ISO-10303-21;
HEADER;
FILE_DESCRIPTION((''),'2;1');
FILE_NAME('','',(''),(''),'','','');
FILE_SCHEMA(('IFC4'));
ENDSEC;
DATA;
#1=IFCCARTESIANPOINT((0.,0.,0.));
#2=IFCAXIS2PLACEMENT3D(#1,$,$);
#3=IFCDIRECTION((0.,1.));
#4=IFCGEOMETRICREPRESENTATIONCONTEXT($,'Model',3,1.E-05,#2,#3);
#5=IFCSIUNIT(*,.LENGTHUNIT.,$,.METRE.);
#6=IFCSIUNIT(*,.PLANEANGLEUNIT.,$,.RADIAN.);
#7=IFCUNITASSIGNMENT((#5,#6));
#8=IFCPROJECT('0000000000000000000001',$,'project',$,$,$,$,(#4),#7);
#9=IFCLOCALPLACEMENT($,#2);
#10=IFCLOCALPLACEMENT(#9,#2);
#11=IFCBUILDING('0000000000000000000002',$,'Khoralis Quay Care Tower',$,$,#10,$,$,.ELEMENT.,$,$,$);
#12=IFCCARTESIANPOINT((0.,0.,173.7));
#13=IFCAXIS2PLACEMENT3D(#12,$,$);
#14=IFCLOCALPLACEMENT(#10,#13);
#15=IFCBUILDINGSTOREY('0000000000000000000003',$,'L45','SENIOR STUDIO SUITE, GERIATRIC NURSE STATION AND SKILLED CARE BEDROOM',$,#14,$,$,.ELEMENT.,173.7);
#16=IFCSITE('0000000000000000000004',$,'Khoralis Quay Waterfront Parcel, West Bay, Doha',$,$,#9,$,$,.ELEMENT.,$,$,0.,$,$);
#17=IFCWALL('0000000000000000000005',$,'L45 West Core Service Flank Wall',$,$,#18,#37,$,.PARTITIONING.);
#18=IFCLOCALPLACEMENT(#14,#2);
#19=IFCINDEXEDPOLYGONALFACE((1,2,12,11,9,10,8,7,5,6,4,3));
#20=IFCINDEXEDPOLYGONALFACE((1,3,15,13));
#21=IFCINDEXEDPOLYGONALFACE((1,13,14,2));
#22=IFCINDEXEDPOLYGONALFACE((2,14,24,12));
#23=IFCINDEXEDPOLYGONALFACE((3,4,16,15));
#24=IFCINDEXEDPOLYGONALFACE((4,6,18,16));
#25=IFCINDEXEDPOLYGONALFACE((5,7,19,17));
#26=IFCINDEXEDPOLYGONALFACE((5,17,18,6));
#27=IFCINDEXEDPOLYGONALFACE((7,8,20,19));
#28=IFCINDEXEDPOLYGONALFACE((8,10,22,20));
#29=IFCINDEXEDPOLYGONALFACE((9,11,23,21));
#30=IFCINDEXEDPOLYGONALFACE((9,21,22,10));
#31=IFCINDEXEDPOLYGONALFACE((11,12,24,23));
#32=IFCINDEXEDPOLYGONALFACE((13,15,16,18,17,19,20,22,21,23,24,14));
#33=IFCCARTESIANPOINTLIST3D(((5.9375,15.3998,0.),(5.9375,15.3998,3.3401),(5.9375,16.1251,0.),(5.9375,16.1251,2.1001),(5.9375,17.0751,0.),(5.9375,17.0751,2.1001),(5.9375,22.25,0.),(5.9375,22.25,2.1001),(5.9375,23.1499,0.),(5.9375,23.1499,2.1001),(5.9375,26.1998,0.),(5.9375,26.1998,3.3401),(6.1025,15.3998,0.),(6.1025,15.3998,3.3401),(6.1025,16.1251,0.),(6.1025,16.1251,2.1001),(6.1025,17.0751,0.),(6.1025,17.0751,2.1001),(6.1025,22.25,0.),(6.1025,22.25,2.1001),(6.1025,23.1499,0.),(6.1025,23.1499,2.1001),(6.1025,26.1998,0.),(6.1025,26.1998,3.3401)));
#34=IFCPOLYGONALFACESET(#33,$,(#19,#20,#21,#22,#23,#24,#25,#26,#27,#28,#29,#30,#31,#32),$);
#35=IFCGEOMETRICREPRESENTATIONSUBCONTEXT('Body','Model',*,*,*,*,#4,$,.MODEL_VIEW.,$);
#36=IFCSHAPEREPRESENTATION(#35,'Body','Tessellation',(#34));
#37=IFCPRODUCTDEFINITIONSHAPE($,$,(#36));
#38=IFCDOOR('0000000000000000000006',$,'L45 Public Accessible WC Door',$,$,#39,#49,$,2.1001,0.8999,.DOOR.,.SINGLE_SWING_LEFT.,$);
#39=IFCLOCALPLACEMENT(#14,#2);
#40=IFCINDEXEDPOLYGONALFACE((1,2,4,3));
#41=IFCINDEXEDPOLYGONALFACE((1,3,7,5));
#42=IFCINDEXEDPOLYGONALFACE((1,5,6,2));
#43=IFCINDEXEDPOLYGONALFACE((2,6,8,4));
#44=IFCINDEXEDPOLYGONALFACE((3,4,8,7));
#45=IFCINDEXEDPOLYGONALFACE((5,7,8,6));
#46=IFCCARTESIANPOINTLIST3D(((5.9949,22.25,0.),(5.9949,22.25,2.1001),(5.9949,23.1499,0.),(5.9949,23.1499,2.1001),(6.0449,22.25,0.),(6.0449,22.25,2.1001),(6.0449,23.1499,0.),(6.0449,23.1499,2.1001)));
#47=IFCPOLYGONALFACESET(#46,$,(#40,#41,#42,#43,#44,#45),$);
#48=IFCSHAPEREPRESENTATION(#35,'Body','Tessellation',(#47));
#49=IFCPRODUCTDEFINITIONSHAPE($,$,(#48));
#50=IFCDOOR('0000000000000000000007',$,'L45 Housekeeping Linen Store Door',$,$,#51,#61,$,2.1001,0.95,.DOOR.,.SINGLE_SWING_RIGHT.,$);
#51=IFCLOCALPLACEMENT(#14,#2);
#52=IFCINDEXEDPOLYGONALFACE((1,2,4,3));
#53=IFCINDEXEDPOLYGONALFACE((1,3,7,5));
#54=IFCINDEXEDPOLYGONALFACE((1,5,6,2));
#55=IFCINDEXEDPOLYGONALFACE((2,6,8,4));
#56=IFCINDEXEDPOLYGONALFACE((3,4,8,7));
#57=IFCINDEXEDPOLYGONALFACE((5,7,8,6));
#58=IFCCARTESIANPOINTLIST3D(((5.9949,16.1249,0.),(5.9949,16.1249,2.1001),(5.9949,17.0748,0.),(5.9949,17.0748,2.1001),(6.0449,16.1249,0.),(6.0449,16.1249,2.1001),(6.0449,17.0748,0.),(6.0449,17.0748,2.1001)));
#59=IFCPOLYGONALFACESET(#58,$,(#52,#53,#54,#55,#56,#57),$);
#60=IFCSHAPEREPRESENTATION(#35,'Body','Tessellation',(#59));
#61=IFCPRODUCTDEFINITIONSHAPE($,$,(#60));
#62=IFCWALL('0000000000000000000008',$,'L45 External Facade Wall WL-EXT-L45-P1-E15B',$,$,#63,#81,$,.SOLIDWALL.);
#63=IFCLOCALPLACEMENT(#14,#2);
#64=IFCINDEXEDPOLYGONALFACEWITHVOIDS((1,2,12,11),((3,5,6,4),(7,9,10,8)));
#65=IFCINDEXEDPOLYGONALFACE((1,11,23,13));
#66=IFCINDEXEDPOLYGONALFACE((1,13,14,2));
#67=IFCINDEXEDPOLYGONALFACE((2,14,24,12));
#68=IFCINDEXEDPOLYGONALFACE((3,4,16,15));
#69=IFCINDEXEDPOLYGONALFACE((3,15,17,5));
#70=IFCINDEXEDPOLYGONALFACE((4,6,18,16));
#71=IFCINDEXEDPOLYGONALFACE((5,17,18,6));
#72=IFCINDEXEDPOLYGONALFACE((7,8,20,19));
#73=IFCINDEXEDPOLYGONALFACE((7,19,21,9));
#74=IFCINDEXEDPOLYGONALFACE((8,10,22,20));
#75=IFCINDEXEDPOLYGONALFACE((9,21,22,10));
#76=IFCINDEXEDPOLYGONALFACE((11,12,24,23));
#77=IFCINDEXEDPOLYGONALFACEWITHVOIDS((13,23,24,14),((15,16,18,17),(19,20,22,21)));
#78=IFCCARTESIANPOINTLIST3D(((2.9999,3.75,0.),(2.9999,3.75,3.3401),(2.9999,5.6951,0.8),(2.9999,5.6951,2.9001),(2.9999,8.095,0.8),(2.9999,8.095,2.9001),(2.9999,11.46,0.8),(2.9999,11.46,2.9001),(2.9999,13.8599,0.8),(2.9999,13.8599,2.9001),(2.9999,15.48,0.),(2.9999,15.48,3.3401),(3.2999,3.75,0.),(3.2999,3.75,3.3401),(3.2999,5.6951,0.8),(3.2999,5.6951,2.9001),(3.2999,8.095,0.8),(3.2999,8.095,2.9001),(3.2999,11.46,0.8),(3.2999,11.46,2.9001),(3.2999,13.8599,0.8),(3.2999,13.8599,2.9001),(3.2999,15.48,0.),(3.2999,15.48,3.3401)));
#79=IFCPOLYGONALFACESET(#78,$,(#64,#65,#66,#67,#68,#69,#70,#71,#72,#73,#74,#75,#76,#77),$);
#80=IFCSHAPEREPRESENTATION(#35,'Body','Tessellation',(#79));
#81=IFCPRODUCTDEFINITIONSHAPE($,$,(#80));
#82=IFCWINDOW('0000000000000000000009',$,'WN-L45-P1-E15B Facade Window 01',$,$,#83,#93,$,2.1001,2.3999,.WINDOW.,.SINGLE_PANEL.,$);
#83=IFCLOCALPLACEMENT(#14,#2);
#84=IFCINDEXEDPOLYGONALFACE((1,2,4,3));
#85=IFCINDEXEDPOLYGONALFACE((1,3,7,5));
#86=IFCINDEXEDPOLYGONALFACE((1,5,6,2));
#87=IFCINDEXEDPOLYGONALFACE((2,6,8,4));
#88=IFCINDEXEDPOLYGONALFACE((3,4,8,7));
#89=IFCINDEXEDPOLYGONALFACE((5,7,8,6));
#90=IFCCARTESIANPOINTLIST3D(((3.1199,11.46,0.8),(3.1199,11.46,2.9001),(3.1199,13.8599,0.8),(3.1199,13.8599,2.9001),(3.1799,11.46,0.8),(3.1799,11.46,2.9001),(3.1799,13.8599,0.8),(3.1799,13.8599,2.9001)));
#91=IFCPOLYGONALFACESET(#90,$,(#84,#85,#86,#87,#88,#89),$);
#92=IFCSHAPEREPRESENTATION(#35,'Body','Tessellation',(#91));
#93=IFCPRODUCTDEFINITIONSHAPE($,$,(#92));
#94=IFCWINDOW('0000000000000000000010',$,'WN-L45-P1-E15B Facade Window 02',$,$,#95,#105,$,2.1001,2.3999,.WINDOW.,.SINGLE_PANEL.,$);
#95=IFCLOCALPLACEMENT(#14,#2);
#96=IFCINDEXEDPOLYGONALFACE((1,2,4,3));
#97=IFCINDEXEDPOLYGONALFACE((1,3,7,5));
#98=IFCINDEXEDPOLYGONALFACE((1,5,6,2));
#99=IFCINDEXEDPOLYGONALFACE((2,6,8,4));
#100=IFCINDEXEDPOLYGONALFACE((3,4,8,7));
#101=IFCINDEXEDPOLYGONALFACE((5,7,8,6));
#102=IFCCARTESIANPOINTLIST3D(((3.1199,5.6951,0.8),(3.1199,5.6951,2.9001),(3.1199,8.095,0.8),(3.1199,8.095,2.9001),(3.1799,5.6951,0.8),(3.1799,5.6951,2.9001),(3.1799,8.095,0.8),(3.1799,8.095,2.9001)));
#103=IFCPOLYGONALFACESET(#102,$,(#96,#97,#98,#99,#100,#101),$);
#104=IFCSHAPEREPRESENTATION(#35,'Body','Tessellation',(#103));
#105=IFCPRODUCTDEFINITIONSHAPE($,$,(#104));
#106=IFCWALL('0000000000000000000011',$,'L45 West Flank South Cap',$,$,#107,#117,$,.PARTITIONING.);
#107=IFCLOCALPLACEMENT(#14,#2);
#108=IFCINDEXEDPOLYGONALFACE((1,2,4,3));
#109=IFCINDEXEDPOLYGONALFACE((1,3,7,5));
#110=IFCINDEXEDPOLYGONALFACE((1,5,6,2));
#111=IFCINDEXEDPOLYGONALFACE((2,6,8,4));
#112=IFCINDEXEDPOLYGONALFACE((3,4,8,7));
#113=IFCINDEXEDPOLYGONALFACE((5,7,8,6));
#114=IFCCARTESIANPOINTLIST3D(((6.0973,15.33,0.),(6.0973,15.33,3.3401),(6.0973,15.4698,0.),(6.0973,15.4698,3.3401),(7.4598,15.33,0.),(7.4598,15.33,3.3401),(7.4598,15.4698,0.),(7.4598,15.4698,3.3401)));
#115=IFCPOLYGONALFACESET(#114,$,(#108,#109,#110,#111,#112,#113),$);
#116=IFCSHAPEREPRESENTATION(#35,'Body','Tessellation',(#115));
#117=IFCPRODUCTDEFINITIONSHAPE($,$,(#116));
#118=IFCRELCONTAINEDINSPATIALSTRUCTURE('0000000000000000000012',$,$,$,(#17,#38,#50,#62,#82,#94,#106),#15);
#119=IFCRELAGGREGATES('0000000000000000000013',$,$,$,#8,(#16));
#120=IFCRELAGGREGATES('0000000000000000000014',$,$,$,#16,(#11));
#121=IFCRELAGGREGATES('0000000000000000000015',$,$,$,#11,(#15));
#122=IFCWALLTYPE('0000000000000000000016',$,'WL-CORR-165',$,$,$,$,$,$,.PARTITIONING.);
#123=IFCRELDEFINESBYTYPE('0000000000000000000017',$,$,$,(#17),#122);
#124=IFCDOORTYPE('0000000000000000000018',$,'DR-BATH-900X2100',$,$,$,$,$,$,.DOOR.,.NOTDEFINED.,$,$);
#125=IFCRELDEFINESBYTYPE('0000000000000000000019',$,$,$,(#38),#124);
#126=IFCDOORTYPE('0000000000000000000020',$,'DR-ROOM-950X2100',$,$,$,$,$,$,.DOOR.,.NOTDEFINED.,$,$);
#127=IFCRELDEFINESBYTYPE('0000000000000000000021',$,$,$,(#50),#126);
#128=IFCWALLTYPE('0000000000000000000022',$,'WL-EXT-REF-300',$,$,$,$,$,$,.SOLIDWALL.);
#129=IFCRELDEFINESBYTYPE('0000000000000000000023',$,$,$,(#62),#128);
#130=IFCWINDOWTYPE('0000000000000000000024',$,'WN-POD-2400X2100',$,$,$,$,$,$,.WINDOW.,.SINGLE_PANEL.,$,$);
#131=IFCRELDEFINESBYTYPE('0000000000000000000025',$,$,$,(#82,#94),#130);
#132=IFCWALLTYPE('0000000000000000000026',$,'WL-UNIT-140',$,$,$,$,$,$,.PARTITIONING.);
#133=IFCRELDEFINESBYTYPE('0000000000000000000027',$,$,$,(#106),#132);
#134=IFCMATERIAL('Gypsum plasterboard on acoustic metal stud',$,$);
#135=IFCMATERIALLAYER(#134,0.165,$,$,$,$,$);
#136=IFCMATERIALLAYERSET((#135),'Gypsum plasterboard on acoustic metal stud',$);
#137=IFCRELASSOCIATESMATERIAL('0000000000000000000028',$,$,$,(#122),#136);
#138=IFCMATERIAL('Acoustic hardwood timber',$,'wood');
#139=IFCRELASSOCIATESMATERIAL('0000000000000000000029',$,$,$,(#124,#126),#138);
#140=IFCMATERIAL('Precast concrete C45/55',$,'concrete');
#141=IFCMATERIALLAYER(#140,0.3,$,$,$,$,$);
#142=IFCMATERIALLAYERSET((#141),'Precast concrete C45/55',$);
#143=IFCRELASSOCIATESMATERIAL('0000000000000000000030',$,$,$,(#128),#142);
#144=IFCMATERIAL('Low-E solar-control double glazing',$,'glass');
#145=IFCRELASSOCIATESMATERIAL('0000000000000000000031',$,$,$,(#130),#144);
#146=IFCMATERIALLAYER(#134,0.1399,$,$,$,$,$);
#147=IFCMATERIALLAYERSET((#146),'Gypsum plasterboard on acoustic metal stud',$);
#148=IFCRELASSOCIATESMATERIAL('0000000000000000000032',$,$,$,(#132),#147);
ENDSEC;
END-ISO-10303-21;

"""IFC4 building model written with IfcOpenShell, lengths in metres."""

from ifc_helpers import new_model, si_unit, direction, frame, frame_2d, origin, place, context, subcontext, project, spatial, rectangle, extrude, source, transform, mapped, material, layer, layer_set, type_object, element, fill, save


model = new_model("IFC4")

# Units and contexts
model_context = context("Model", 3, precision=1e-05, world=origin(), true_north=direction((0.0, 1.0)))
body_context = subcontext(model_context, "Body", "Model", "MODEL_VIEW")
ifc_project = project(units=[si_unit("LENGTHUNIT", "METRE"), si_unit("PLANEANGLEUNIT", "RADIAN")], contexts=[model_context])

# Site, building, storey
site_placement = place(None, origin())
site = spatial("IfcSite", under=ifc_project, at=site_placement, Name="Khoralis Quay Waterfront Parcel, West Bay, Doha", CompositionType="ELEMENT", RefElevation=0.0)
building_placement = place(site_placement, origin())
building = spatial("IfcBuilding", under=site, at=building_placement, Name="Khoralis Quay Care Tower", CompositionType="ELEMENT")
storey_placement = place(building_placement, frame((0.0, 0.0, 173.7)))
storey = spatial("IfcBuildingStorey", under=building, at=storey_placement, Name="L45", Description="SENIOR STUDIO SUITE, GERIATRIC NURSE STATION AND SKILLED CARE BEDROOM", CompositionType="ELEMENT", Elevation=173.7)

# Shared definitions
ifc_material_1 = material(Name="Low-E solar-control double glazing", Category="glass")

# Wall, openings, doors
ifc_material_2 = material(Name="Gypsum plasterboard on acoustic metal stud")
ifc_layer_1 = layer(ifc_material_2, 0.165)
ifc_layer_set_1 = layer_set([ifc_layer_1], Name="Gypsum plasterboard on acoustic metal stud")
wall_type_1 = type_object("IfcWallType", Name="WL-CORR-165", PredefinedType="PARTITIONING", material=ifc_layer_set_1)
wall_1_placement = place(storey_placement, frame((6.02, 15.3999, 0.0), z_axis=(0.0, 0.0, 1.0), x_axis=(0.0, 1.0, 0.0)))
wall_1 = element("IfcWall", 1, at=wall_1_placement, inside=storey, type_object=wall_type_1, Name="L45 West Core Service Flank Wall", PredefinedType="PARTITIONING", context=body_context, shape_type="SweptSolid", body=[
    extrude(rectangle(XDim=10.8, YDim=0.165, at=frame_2d((5.3999, 0.0))), origin(), (0.0, 0.0, 1.0), 3.3401),
])
opening_1_placement = place(wall_1_placement, frame((0.7251, 0.0, 0.0)))
opening_1 = element("IfcOpeningElement", 2, at=opening_1_placement, cuts=wall_1, PredefinedType="OPENING", context=body_context, shape_type="SweptSolid", body=[
    extrude(rectangle(XDim=0.95, YDim=2.1001, at=frame_2d((0.4751, 1.05))), frame((0.0, 0.0925, 0.0), z_axis=(0.0, -1.0, 0.0), x_axis=(1.0, 0.0, 0.0)), (0.0, 0.0, 1.0), 0.1851),
])
opening_2_placement = place(wall_1_placement, frame((6.8501, 0.0, 0.0)))
opening_2 = element("IfcOpeningElement", 3, at=opening_2_placement, cuts=wall_1, PredefinedType="OPENING", context=body_context, shape_type="SweptSolid", body=[
    extrude(rectangle(XDim=0.8999, YDim=2.1001, at=frame_2d((0.45, 1.05))), frame((0.0, 0.0925, 0.0), z_axis=(0.0, -1.0, 0.0), x_axis=(1.0, 0.0, 0.0)), (0.0, 0.0, 1.0), 0.1851),
])
ifc_material_3 = material(Name="Acoustic hardwood timber", Category="wood")
door_type_1 = type_object("IfcDoorType", Name="DR-BATH-900X2100", OperationType="NOTDEFINED", PredefinedType="DOOR", material=ifc_material_3)
shared_shape_1 = source(origin(), body_context, "Body", "SweptSolid", [
    extrude(rectangle(XDim=0.8999, YDim=2.1001, at=frame_2d((0.45, 1.05))), frame((0.0, 0.0249, 0.0), z_axis=(0.0, -1.0, 0.0), x_axis=(1.0, 0.0, 0.0)), (0.0, 0.0, 1.0), 0.05),
])
door_1_placement = place(opening_2_placement, frame((0.8999, 0.0, 0.0), z_axis=(0.0, 0.0, 1.0), x_axis=(-1.0, 0.0, 0.0)))
door_1 = element("IfcDoor", 4, at=door_1_placement, inside=storey, type_object=door_type_1, Name="L45 Public Accessible WC Door", OperationType="SINGLE_SWING_LEFT", OverallHeight=2.1001, OverallWidth=0.8999, PredefinedType="DOOR", context=body_context, shape_type="MappedRepresentation", body=[
    mapped(shared_shape_1, transform((0.0, 0.0, 0.0), scale=1.0)),
])
fill(opening_2, door_1)
door_type_2 = type_object("IfcDoorType", Name="DR-ROOM-950X2100", OperationType="NOTDEFINED", PredefinedType="DOOR", material=ifc_material_3)
shared_shape_2 = source(origin(), body_context, "Body", "SweptSolid", [
    extrude(rectangle(XDim=0.95, YDim=2.1001, at=frame_2d((0.4751, 1.05))), frame((0.0, 0.0249, 0.0), z_axis=(0.0, -1.0, 0.0), x_axis=(1.0, 0.0, 0.0)), (0.0, 0.0, 1.0), 0.05),
])
door_2_placement = place(opening_1_placement, frame((0.95, 0.0, 0.0), z_axis=(0.0, 0.0, 1.0), x_axis=(-1.0, 0.0, 0.0)))
door_2 = element("IfcDoor", 5, at=door_2_placement, inside=storey, type_object=door_type_2, Name="L45 Housekeeping Linen Store Door", OperationType="SINGLE_SWING_RIGHT", OverallHeight=2.1001, OverallWidth=0.95, PredefinedType="DOOR", context=body_context, shape_type="MappedRepresentation", body=[
    mapped(shared_shape_2, transform((0.0, 0.0, 0.0), scale=1.0)),
])
fill(opening_1, door_2)

# Wall, openings, windows
ifc_material_4 = material(Name="Precast concrete C45/55", Category="concrete")
ifc_layer_2 = layer(ifc_material_4, 0.3)
ifc_layer_set_2 = layer_set([ifc_layer_2], Name="Precast concrete C45/55")
wall_type_2 = type_object("IfcWallType", Name="WL-EXT-REF-300", PredefinedType="SOLIDWALL", material=ifc_layer_set_2)
wall_2_placement = place(storey_placement, frame((3.1499, 15.48, 0.0), z_axis=(0.0, 0.0, 1.0), x_axis=(0.0, -1.0, 0.0)))
wall_2 = element("IfcWall", 6, at=wall_2_placement, inside=storey, type_object=wall_type_2, Name="L45 External Facade Wall WL-EXT-L45-P1-E15B", PredefinedType="SOLIDWALL", context=body_context, shape_type="SweptSolid", body=[
    extrude(rectangle(XDim=11.73, YDim=0.3, at=frame_2d((5.865, 0.0))), origin(), (0.0, 0.0, 1.0), 3.3401),
])
opening_3_placement = place(wall_2_placement, frame((1.6201, 0.0, 0.8)))
opening_3 = element("IfcOpeningElement", 7, at=opening_3_placement, cuts=wall_2, PredefinedType="OPENING", context=body_context, shape_type="SweptSolid", body=[
    extrude(rectangle(XDim=2.3999, YDim=2.1001, at=frame_2d((1.2, 1.05))), frame((0.0, 0.1602, 0.0), z_axis=(0.0, -1.0, 0.0), x_axis=(1.0, 0.0, 0.0)), (0.0, 0.0, 1.0), 0.3201),
])
opening_4_placement = place(wall_2_placement, frame((7.385, 0.0, 0.8)))
opening_4 = element("IfcOpeningElement", 8, at=opening_4_placement, cuts=wall_2, PredefinedType="OPENING", context=body_context, shape_type="SweptSolid", body=[
    extrude(rectangle(XDim=2.3999, YDim=2.1001, at=frame_2d((1.2, 1.05))), frame((0.0, 0.1602, 0.0), z_axis=(0.0, -1.0, 0.0), x_axis=(1.0, 0.0, 0.0)), (0.0, 0.0, 1.0), 0.3201),
])
window_type = type_object("IfcWindowType", Name="WN-POD-2400X2100", PartitioningType="SINGLE_PANEL", PredefinedType="WINDOW", material=ifc_material_1)
shared_shape_3 = source(origin(), body_context, "Body", "SweptSolid", [
    extrude(rectangle(XDim=2.3999, YDim=2.1001, at=frame_2d((1.2, 1.05))), frame((0.0, 0.03, 0.0), z_axis=(0.0, -1.0, 0.0), x_axis=(1.0, 0.0, 0.0)), (0.0, 0.0, 1.0), 0.0601),
])
window_1_placement = place(opening_3_placement, origin())
window_1 = element("IfcWindow", 9, at=window_1_placement, inside=storey, type_object=window_type, Name="WN-L45-P1-E15B Facade Window 01", OverallHeight=2.1001, OverallWidth=2.3999, PartitioningType="SINGLE_PANEL", PredefinedType="WINDOW", context=body_context, shape_type="MappedRepresentation", body=[
    mapped(shared_shape_3, transform((0.0, 0.0, 0.0), scale=1.0)),
])
fill(opening_3, window_1)
window_2_placement = place(opening_4_placement, origin())
window_2 = element("IfcWindow", 10, at=window_2_placement, inside=storey, type_object=window_type, Name="WN-L45-P1-E15B Facade Window 02", OverallHeight=2.1001, OverallWidth=2.3999, PartitioningType="SINGLE_PANEL", PredefinedType="WINDOW", context=body_context, shape_type="MappedRepresentation", body=[
    mapped(shared_shape_3, transform((0.0, 0.0, 0.0), scale=1.0)),
])
fill(opening_4, window_2)

# Wall
ifc_layer_3 = layer(ifc_material_2, 0.1399)
ifc_layer_set_3 = layer_set([ifc_layer_3], Name="Gypsum plasterboard on acoustic metal stud")
wall_type_3 = type_object("IfcWallType", Name="WL-UNIT-140", PredefinedType="PARTITIONING", material=ifc_layer_set_3)
wall_3_placement = place(storey_placement, frame((6.0974, 15.3999, 0.0), z_axis=(0.0, 0.0, 1.0), x_axis=(1.0, 0.0, 0.0)))
element("IfcWall", 11, at=wall_3_placement, inside=storey, type_object=wall_type_3, Name="L45 West Flank South Cap", PredefinedType="PARTITIONING", context=body_context, shape_type="SweptSolid", body=[
    extrude(rectangle(XDim=1.3625, YDim=0.1399, at=frame_2d((0.6812, 0.0))), origin(), (0.0, 0.0, 1.0), 3.3401),
])

save(model, "model.ifc")
